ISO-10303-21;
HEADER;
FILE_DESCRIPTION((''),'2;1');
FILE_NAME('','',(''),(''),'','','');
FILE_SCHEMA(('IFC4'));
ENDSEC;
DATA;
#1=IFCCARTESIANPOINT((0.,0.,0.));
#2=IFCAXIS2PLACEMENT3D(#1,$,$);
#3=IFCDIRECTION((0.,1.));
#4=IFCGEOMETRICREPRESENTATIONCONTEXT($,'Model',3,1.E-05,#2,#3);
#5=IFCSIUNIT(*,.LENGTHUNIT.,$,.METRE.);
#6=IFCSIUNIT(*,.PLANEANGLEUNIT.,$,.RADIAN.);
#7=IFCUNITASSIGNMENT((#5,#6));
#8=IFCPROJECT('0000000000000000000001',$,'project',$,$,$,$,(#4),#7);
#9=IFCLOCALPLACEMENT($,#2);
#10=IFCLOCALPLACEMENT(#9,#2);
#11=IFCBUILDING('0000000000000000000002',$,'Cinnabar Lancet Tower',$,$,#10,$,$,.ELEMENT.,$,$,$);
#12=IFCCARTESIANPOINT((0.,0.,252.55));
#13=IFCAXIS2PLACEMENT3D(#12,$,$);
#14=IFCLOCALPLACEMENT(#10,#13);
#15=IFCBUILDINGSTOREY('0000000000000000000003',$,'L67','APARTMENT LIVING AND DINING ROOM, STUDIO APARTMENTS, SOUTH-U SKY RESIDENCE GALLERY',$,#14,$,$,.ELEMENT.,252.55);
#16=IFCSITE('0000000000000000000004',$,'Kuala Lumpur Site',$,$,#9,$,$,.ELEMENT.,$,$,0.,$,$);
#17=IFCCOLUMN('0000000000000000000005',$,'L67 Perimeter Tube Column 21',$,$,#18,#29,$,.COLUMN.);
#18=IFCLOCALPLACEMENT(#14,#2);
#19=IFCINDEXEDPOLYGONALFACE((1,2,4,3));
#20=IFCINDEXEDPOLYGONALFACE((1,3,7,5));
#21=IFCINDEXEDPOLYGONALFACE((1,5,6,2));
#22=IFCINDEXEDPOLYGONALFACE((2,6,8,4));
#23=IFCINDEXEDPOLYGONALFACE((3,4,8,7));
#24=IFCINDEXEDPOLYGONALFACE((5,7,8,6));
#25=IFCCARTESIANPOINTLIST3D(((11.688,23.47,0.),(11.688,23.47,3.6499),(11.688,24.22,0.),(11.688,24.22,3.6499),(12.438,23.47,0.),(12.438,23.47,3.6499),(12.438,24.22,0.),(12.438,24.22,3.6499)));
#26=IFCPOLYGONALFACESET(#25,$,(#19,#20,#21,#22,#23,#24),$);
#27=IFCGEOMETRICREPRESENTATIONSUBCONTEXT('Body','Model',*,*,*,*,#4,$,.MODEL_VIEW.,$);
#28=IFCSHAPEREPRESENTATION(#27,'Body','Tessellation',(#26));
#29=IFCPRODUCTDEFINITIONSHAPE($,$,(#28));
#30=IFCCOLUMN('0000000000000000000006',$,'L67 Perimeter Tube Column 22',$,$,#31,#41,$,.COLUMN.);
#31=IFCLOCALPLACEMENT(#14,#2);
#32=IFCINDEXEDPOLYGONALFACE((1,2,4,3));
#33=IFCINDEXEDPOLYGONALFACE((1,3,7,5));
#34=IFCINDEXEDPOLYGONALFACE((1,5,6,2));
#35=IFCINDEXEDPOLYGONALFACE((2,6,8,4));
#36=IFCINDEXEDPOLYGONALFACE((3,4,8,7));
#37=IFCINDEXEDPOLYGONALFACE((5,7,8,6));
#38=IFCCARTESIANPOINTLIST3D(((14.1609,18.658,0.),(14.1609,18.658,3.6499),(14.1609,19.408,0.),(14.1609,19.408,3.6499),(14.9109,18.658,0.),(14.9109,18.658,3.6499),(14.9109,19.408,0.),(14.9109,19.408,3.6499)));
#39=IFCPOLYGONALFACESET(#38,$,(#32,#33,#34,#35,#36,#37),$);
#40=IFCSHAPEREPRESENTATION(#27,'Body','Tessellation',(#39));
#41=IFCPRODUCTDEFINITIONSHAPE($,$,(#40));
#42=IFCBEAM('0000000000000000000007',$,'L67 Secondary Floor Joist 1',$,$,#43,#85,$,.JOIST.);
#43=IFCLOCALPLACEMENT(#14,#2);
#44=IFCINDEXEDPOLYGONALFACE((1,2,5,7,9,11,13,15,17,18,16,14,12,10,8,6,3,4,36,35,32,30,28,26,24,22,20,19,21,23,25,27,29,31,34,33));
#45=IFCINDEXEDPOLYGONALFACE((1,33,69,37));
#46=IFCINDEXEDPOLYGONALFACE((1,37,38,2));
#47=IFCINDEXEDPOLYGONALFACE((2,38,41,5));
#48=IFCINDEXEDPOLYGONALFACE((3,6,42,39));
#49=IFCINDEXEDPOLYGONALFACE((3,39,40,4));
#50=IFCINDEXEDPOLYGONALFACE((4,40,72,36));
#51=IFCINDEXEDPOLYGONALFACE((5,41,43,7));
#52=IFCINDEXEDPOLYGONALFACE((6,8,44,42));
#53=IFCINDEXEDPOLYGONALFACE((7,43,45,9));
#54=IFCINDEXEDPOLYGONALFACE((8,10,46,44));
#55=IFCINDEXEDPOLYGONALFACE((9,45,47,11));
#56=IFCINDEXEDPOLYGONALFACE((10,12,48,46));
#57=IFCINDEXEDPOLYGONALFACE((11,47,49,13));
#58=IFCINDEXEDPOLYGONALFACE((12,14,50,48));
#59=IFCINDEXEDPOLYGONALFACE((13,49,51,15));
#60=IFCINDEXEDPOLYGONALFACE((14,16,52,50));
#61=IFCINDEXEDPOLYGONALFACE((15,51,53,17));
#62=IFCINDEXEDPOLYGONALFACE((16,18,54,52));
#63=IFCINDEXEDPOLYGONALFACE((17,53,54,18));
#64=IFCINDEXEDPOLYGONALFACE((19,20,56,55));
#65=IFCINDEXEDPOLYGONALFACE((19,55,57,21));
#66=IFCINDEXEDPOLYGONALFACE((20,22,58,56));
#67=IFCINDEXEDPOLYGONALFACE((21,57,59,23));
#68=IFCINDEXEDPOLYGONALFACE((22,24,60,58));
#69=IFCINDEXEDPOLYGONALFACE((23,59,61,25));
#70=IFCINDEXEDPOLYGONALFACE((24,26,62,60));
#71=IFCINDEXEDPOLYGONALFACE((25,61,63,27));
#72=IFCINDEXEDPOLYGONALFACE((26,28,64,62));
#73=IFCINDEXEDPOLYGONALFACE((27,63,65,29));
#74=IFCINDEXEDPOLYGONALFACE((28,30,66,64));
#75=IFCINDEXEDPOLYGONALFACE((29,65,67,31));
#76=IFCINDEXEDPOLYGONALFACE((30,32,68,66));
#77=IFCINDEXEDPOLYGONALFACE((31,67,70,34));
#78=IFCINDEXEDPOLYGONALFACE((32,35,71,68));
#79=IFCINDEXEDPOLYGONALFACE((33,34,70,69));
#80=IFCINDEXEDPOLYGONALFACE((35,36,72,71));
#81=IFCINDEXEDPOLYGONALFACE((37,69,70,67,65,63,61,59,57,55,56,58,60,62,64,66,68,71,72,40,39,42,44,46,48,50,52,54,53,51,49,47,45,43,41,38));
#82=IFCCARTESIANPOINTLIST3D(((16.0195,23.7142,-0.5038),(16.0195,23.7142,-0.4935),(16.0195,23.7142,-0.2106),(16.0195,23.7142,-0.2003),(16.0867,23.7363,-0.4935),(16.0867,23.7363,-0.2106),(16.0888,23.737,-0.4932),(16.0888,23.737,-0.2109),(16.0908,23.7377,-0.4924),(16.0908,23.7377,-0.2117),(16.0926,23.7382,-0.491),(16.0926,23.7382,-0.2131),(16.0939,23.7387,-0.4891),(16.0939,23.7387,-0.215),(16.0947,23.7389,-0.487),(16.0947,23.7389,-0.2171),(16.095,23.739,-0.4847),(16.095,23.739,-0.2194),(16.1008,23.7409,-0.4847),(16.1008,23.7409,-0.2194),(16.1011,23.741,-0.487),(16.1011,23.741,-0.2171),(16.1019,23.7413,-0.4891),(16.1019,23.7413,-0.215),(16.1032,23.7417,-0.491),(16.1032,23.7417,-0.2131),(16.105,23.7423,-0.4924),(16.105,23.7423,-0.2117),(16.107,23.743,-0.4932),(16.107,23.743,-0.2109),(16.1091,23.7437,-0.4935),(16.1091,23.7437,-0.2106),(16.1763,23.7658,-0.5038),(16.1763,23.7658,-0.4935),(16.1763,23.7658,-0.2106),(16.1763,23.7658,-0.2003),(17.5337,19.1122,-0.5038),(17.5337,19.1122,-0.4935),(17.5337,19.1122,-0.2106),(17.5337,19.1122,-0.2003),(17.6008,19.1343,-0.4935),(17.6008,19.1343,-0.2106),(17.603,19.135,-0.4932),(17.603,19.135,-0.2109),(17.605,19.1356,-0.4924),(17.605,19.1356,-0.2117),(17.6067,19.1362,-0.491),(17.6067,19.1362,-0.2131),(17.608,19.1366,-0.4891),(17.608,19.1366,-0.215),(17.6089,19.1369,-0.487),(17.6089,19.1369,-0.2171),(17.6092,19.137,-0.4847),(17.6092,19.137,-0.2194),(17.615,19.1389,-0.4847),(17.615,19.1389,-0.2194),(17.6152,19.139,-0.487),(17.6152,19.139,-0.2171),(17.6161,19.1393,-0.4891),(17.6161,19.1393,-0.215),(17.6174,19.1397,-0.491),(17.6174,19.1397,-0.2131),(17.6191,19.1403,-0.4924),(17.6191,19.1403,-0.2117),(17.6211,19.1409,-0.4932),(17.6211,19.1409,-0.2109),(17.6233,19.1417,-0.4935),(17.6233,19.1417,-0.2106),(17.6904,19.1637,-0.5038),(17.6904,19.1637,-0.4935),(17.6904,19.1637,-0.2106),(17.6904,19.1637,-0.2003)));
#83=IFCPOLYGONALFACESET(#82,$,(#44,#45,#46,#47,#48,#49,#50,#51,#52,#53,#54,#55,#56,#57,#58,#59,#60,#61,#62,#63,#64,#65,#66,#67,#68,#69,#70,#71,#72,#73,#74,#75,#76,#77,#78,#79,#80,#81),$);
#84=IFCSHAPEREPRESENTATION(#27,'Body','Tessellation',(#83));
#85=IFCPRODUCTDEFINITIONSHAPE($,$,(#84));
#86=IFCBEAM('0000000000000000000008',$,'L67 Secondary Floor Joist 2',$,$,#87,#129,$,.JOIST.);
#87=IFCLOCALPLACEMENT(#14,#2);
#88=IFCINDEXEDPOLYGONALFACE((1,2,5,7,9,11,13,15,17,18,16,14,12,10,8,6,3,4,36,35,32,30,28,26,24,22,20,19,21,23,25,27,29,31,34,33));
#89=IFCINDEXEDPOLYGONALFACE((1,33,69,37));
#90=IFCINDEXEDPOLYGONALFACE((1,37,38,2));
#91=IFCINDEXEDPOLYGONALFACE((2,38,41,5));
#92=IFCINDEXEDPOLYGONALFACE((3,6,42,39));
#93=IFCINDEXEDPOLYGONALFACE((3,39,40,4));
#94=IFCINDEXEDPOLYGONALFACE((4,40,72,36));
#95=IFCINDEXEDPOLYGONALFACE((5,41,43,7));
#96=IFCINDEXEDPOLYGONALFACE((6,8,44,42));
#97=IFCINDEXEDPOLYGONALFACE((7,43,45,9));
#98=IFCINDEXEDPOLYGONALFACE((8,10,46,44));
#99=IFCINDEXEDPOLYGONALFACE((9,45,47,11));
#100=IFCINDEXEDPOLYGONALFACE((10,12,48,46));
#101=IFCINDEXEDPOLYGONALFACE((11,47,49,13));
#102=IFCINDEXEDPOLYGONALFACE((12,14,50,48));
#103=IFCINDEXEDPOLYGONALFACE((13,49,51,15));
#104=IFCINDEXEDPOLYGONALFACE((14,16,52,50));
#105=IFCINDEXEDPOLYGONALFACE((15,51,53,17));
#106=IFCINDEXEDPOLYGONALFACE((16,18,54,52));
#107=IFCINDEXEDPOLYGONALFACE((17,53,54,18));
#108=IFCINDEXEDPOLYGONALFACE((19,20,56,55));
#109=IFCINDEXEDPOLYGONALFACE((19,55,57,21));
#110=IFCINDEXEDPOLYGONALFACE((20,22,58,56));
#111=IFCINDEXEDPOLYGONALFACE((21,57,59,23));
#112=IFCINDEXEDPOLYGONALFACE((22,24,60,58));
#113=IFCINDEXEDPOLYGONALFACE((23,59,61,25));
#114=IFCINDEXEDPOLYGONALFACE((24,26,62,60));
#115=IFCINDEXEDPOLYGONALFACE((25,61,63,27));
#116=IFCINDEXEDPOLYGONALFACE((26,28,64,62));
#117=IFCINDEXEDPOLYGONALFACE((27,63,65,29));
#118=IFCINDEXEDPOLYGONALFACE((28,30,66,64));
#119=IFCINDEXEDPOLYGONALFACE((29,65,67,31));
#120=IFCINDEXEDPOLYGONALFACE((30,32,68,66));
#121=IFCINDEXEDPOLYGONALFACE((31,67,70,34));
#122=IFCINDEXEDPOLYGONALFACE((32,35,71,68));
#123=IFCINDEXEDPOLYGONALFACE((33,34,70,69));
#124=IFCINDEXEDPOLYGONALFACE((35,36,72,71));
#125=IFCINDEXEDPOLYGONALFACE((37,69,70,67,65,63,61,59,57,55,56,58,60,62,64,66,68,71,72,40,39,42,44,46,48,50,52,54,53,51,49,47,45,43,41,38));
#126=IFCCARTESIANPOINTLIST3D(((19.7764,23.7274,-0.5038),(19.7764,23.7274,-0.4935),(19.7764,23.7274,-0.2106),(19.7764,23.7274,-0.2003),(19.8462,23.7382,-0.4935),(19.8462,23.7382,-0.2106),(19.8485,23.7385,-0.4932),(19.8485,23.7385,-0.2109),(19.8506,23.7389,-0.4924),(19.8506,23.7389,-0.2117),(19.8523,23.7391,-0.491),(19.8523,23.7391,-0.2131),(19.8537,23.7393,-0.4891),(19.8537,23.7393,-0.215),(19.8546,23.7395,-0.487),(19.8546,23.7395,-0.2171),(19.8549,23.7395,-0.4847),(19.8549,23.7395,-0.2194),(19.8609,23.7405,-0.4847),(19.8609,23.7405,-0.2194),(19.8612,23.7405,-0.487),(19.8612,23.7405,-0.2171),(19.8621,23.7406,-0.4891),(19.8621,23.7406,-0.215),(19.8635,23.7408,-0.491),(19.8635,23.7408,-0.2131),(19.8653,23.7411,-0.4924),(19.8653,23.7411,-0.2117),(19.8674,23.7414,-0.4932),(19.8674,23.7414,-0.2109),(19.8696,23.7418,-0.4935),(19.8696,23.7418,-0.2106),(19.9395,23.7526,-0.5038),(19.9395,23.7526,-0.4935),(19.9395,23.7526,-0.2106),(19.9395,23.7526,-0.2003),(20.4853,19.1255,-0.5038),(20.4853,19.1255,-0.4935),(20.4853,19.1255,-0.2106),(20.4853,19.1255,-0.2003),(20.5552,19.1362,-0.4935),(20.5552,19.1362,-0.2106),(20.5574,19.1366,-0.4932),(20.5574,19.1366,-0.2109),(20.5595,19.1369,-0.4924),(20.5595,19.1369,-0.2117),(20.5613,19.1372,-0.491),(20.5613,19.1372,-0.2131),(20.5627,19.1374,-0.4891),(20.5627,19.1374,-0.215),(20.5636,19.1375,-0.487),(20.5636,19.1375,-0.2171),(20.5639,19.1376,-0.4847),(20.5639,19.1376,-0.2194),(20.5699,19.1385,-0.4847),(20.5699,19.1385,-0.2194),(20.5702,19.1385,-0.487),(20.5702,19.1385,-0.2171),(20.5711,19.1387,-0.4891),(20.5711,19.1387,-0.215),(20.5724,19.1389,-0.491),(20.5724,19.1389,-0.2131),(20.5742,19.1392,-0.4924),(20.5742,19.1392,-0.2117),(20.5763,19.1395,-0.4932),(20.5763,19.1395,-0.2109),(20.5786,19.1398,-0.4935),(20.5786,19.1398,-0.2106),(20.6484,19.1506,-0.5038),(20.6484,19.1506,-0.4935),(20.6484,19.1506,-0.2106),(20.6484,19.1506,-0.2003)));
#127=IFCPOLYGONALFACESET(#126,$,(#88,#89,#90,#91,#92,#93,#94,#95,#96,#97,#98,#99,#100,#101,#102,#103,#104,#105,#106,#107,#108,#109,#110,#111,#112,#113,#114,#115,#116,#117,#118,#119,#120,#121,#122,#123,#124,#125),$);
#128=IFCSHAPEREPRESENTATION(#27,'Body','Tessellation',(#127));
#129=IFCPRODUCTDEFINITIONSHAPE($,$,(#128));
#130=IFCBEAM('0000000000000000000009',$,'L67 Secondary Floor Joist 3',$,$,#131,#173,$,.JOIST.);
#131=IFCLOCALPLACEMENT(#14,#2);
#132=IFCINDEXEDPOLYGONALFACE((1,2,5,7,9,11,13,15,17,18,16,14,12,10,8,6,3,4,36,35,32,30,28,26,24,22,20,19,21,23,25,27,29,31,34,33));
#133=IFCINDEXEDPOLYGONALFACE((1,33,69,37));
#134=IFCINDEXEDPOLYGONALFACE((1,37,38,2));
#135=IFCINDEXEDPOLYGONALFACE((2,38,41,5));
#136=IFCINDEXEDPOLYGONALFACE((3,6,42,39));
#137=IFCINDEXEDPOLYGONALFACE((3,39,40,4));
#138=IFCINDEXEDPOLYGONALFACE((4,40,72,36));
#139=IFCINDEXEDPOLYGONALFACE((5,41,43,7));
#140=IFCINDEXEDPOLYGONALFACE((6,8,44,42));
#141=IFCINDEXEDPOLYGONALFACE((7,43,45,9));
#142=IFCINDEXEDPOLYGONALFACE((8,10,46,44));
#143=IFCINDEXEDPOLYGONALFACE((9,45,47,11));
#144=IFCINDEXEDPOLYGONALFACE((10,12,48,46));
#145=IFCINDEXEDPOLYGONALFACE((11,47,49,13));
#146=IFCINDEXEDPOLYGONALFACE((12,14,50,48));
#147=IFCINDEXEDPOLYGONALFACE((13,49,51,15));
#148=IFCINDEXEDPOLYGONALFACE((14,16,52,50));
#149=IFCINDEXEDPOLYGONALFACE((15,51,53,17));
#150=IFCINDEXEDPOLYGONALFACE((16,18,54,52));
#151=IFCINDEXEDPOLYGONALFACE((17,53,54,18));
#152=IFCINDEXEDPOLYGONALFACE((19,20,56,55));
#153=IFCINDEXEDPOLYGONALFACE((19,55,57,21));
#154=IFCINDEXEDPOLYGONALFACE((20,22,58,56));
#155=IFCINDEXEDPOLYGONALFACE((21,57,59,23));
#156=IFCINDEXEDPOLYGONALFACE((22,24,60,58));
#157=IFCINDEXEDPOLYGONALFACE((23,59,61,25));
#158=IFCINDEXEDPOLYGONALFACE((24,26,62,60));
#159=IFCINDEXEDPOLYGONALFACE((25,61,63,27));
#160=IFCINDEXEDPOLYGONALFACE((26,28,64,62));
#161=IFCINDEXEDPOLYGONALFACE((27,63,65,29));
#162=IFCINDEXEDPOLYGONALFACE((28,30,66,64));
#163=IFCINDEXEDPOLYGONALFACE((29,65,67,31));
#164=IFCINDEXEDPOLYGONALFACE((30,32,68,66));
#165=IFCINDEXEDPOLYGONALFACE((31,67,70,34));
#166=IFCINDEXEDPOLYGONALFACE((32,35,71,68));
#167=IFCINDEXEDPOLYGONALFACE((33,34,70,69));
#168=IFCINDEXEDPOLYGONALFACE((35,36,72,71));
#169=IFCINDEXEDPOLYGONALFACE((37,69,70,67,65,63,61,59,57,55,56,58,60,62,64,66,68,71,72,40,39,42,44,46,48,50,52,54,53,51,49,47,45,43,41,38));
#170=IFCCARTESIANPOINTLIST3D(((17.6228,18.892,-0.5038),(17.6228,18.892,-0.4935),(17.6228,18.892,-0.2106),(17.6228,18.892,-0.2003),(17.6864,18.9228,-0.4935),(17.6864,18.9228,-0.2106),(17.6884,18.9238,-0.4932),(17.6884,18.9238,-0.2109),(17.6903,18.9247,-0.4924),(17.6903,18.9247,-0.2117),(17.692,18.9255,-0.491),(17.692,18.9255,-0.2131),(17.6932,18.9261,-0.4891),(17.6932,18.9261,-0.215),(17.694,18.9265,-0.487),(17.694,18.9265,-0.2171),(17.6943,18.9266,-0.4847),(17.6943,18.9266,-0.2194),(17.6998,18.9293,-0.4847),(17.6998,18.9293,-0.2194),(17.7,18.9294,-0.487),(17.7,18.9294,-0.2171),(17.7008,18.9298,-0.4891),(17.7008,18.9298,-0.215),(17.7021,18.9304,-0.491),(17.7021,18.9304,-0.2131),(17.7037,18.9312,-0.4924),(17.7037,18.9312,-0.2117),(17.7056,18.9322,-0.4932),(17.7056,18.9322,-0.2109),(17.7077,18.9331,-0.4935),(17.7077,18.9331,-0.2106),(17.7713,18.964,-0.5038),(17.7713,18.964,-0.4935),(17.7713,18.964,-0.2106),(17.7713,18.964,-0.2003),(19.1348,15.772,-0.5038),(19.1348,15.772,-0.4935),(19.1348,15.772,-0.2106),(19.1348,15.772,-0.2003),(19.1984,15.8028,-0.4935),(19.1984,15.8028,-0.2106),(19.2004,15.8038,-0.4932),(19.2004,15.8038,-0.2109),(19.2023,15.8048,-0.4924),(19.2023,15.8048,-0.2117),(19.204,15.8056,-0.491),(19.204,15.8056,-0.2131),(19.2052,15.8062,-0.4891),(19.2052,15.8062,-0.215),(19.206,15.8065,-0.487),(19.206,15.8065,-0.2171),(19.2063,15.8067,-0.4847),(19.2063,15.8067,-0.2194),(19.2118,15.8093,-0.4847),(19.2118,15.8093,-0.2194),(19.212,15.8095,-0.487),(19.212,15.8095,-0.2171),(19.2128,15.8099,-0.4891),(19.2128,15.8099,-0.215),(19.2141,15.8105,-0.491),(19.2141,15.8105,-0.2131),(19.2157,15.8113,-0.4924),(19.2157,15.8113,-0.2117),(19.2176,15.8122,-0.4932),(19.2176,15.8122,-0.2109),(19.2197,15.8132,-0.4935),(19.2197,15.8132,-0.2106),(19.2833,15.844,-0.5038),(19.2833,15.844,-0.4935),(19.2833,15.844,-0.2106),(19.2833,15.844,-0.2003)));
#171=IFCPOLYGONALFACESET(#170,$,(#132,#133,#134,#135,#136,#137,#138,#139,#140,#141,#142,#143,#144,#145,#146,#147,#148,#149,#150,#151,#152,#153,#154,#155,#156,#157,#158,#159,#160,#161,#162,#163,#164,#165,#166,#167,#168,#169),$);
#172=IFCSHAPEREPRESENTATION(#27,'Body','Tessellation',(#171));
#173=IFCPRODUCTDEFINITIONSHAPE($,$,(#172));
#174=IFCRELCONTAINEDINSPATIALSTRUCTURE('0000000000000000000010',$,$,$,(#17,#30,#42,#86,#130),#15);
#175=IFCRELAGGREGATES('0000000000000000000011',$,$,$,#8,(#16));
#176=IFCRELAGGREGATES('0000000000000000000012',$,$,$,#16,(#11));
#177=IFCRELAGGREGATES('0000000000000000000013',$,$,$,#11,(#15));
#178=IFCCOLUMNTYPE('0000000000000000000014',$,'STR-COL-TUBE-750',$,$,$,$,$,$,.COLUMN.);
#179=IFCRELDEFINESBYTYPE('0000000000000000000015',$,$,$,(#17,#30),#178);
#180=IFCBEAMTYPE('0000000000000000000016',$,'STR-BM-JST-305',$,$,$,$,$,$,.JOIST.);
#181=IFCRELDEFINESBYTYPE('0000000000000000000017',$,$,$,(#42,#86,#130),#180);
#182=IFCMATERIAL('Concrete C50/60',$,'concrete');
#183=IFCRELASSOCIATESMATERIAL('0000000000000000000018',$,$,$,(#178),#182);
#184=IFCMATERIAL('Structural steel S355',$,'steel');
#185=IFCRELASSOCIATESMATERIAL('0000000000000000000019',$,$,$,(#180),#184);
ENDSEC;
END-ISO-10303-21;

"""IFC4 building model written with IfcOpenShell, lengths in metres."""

from ifc_helpers import new_model, si_unit, direction, frame, origin, origin_2d, place, context, subcontext, project, spatial, rectangle, i_section, extrude, material, material_profile, profile_set, type_object, element, save


model = new_model("IFC4")

# Units and contexts
model_context = context("Model", 3, precision=1e-05, world=origin(), true_north=direction((0.0, 1.0)))
body_context = subcontext(model_context, "Body", "Model", "MODEL_VIEW")
ifc_project = project(units=[si_unit("LENGTHUNIT", "METRE"), si_unit("PLANEANGLEUNIT", "RADIAN")], contexts=[model_context])

# Site, building, storey
site_placement = place(None, origin())
site = spatial("IfcSite", under=ifc_project, at=site_placement, Name="Kuala Lumpur Site", CompositionType="ELEMENT", RefElevation=0.0)
building_placement = place(site_placement, origin())
building = spatial("IfcBuilding", under=site, at=building_placement, Name="Cinnabar Lancet Tower", CompositionType="ELEMENT")
storey_placement = place(building_placement, frame((0.0, 0.0, 252.55)))
storey = spatial("IfcBuildingStorey", under=building, at=storey_placement, Name="L67", Description="APARTMENT LIVING AND DINING ROOM, STUDIO APARTMENTS, SOUTH-U SKY RESIDENCE GALLERY", CompositionType="ELEMENT", Elevation=252.55)

# Columns
ifc_material_1 = material(Name="Concrete C50/60", Category="concrete")
ifc_material_profile_1 = material_profile(ifc_material_1, rectangle(XDim=0.75, YDim=0.75, at=origin_2d()), Name="RC-COL 750x750")
ifc_profile_set_1 = profile_set([ifc_material_profile_1], Name="Concrete C50/60")
column_type = type_object("IfcColumnType", Name="STR-COL-TUBE-750", PredefinedType="COLUMN", material=ifc_profile_set_1)
for number, where, z_axis, x_axis, name in (
    (1, (12.063, 23.845, 0.0), (0.0, 0.0, 1.0), (1.0, 0.0, 0.0), "L67 Perimeter Tube Column 21"),
    (2, (14.5359, 19.033, 0.0), (0.0, 0.0, 1.0), (1.0, 0.0, 0.0), "L67 Perimeter Tube Column 22"),
):
    element("IfcColumn", number, at=place(storey_placement, frame(where, z_axis=z_axis, x_axis=x_axis)), inside=storey, type_object=column_type, Name=name, PredefinedType="COLUMN", context=body_context, shape_type="SweptSolid", body=[
        extrude(rectangle(XDim=0.75, YDim=0.75, at=origin_2d()), origin(), (0.0, 0.0, 1.0), 3.6499),
    ])

# Beams
ifc_material_2 = material(Name="Structural steel S355", Category="steel")
ifc_material_profile_2 = material_profile(ifc_material_2, i_section(OverallWidth=0.165, OverallDepth=0.3035, WebThickness=0.0061, FlangeThickness=0.0103, FilletRadius=0.0088, at=origin_2d()), Name="UKB 305x165x40")
ifc_profile_set_2 = profile_set([ifc_material_profile_2], Name="Structural steel S355")
beam_type_1 = type_object("IfcBeamType", Name="STR-BM-JST-305", PredefinedType="JOIST", material=ifc_profile_set_2)
beam_1_placement = place(storey_placement, frame((16.0979, 23.74, -0.3521), z_axis=(0.312537, -0.949906, 0.0), x_axis=(0.949906, 0.312537, 0.0)))
element("IfcBeam", 3, at=beam_1_placement, inside=storey, type_object=beam_type_1, Name="L67 Secondary Floor Joist 1", PredefinedType="JOIST", context=body_context, shape_type="SweptSolid", body=[
    extrude(i_section(OverallWidth=0.165, OverallDepth=0.3035, WebThickness=0.0061, FlangeThickness=0.0103, FilletRadius=0.0088, at=origin_2d()), origin(), (0.0, 0.0, 1.0), 4.8447),
])
beam_2_placement = place(storey_placement, frame((19.8579, 23.74, -0.3521), z_axis=(0.152262, -0.98834, 0.0), x_axis=(0.98834, 0.152262, 0.0)))
element("IfcBeam", 4, at=beam_2_placement, inside=storey, type_object=beam_type_1, Name="L67 Secondary Floor Joist 2", PredefinedType="JOIST", context=body_context, shape_type="SweptSolid", body=[
    extrude(i_section(OverallWidth=0.165, OverallDepth=0.3035, WebThickness=0.0061, FlangeThickness=0.0103, FilletRadius=0.0088, at=origin_2d()), origin(), (0.0, 0.0, 1.0), 4.6562),
])
beam_3_placement = place(storey_placement, frame((17.697, 18.928, -0.3521), z_axis=(0.436109, -0.899894, 0.0), x_axis=(0.899894, 0.436109, 0.0)))
element("IfcBeam", 5, at=beam_3_placement, inside=storey, type_object=beam_type_1, Name="L67 Secondary Floor Joist 3", PredefinedType="JOIST", context=body_context, shape_type="SweptSolid", body=[
    extrude(i_section(OverallWidth=0.165, OverallDepth=0.3035, WebThickness=0.0061, FlangeThickness=0.0103, FilletRadius=0.0088, at=origin_2d()), origin(), (0.0, 0.0, 1.0), 3.467),
])

save(model, "model.ifc")
